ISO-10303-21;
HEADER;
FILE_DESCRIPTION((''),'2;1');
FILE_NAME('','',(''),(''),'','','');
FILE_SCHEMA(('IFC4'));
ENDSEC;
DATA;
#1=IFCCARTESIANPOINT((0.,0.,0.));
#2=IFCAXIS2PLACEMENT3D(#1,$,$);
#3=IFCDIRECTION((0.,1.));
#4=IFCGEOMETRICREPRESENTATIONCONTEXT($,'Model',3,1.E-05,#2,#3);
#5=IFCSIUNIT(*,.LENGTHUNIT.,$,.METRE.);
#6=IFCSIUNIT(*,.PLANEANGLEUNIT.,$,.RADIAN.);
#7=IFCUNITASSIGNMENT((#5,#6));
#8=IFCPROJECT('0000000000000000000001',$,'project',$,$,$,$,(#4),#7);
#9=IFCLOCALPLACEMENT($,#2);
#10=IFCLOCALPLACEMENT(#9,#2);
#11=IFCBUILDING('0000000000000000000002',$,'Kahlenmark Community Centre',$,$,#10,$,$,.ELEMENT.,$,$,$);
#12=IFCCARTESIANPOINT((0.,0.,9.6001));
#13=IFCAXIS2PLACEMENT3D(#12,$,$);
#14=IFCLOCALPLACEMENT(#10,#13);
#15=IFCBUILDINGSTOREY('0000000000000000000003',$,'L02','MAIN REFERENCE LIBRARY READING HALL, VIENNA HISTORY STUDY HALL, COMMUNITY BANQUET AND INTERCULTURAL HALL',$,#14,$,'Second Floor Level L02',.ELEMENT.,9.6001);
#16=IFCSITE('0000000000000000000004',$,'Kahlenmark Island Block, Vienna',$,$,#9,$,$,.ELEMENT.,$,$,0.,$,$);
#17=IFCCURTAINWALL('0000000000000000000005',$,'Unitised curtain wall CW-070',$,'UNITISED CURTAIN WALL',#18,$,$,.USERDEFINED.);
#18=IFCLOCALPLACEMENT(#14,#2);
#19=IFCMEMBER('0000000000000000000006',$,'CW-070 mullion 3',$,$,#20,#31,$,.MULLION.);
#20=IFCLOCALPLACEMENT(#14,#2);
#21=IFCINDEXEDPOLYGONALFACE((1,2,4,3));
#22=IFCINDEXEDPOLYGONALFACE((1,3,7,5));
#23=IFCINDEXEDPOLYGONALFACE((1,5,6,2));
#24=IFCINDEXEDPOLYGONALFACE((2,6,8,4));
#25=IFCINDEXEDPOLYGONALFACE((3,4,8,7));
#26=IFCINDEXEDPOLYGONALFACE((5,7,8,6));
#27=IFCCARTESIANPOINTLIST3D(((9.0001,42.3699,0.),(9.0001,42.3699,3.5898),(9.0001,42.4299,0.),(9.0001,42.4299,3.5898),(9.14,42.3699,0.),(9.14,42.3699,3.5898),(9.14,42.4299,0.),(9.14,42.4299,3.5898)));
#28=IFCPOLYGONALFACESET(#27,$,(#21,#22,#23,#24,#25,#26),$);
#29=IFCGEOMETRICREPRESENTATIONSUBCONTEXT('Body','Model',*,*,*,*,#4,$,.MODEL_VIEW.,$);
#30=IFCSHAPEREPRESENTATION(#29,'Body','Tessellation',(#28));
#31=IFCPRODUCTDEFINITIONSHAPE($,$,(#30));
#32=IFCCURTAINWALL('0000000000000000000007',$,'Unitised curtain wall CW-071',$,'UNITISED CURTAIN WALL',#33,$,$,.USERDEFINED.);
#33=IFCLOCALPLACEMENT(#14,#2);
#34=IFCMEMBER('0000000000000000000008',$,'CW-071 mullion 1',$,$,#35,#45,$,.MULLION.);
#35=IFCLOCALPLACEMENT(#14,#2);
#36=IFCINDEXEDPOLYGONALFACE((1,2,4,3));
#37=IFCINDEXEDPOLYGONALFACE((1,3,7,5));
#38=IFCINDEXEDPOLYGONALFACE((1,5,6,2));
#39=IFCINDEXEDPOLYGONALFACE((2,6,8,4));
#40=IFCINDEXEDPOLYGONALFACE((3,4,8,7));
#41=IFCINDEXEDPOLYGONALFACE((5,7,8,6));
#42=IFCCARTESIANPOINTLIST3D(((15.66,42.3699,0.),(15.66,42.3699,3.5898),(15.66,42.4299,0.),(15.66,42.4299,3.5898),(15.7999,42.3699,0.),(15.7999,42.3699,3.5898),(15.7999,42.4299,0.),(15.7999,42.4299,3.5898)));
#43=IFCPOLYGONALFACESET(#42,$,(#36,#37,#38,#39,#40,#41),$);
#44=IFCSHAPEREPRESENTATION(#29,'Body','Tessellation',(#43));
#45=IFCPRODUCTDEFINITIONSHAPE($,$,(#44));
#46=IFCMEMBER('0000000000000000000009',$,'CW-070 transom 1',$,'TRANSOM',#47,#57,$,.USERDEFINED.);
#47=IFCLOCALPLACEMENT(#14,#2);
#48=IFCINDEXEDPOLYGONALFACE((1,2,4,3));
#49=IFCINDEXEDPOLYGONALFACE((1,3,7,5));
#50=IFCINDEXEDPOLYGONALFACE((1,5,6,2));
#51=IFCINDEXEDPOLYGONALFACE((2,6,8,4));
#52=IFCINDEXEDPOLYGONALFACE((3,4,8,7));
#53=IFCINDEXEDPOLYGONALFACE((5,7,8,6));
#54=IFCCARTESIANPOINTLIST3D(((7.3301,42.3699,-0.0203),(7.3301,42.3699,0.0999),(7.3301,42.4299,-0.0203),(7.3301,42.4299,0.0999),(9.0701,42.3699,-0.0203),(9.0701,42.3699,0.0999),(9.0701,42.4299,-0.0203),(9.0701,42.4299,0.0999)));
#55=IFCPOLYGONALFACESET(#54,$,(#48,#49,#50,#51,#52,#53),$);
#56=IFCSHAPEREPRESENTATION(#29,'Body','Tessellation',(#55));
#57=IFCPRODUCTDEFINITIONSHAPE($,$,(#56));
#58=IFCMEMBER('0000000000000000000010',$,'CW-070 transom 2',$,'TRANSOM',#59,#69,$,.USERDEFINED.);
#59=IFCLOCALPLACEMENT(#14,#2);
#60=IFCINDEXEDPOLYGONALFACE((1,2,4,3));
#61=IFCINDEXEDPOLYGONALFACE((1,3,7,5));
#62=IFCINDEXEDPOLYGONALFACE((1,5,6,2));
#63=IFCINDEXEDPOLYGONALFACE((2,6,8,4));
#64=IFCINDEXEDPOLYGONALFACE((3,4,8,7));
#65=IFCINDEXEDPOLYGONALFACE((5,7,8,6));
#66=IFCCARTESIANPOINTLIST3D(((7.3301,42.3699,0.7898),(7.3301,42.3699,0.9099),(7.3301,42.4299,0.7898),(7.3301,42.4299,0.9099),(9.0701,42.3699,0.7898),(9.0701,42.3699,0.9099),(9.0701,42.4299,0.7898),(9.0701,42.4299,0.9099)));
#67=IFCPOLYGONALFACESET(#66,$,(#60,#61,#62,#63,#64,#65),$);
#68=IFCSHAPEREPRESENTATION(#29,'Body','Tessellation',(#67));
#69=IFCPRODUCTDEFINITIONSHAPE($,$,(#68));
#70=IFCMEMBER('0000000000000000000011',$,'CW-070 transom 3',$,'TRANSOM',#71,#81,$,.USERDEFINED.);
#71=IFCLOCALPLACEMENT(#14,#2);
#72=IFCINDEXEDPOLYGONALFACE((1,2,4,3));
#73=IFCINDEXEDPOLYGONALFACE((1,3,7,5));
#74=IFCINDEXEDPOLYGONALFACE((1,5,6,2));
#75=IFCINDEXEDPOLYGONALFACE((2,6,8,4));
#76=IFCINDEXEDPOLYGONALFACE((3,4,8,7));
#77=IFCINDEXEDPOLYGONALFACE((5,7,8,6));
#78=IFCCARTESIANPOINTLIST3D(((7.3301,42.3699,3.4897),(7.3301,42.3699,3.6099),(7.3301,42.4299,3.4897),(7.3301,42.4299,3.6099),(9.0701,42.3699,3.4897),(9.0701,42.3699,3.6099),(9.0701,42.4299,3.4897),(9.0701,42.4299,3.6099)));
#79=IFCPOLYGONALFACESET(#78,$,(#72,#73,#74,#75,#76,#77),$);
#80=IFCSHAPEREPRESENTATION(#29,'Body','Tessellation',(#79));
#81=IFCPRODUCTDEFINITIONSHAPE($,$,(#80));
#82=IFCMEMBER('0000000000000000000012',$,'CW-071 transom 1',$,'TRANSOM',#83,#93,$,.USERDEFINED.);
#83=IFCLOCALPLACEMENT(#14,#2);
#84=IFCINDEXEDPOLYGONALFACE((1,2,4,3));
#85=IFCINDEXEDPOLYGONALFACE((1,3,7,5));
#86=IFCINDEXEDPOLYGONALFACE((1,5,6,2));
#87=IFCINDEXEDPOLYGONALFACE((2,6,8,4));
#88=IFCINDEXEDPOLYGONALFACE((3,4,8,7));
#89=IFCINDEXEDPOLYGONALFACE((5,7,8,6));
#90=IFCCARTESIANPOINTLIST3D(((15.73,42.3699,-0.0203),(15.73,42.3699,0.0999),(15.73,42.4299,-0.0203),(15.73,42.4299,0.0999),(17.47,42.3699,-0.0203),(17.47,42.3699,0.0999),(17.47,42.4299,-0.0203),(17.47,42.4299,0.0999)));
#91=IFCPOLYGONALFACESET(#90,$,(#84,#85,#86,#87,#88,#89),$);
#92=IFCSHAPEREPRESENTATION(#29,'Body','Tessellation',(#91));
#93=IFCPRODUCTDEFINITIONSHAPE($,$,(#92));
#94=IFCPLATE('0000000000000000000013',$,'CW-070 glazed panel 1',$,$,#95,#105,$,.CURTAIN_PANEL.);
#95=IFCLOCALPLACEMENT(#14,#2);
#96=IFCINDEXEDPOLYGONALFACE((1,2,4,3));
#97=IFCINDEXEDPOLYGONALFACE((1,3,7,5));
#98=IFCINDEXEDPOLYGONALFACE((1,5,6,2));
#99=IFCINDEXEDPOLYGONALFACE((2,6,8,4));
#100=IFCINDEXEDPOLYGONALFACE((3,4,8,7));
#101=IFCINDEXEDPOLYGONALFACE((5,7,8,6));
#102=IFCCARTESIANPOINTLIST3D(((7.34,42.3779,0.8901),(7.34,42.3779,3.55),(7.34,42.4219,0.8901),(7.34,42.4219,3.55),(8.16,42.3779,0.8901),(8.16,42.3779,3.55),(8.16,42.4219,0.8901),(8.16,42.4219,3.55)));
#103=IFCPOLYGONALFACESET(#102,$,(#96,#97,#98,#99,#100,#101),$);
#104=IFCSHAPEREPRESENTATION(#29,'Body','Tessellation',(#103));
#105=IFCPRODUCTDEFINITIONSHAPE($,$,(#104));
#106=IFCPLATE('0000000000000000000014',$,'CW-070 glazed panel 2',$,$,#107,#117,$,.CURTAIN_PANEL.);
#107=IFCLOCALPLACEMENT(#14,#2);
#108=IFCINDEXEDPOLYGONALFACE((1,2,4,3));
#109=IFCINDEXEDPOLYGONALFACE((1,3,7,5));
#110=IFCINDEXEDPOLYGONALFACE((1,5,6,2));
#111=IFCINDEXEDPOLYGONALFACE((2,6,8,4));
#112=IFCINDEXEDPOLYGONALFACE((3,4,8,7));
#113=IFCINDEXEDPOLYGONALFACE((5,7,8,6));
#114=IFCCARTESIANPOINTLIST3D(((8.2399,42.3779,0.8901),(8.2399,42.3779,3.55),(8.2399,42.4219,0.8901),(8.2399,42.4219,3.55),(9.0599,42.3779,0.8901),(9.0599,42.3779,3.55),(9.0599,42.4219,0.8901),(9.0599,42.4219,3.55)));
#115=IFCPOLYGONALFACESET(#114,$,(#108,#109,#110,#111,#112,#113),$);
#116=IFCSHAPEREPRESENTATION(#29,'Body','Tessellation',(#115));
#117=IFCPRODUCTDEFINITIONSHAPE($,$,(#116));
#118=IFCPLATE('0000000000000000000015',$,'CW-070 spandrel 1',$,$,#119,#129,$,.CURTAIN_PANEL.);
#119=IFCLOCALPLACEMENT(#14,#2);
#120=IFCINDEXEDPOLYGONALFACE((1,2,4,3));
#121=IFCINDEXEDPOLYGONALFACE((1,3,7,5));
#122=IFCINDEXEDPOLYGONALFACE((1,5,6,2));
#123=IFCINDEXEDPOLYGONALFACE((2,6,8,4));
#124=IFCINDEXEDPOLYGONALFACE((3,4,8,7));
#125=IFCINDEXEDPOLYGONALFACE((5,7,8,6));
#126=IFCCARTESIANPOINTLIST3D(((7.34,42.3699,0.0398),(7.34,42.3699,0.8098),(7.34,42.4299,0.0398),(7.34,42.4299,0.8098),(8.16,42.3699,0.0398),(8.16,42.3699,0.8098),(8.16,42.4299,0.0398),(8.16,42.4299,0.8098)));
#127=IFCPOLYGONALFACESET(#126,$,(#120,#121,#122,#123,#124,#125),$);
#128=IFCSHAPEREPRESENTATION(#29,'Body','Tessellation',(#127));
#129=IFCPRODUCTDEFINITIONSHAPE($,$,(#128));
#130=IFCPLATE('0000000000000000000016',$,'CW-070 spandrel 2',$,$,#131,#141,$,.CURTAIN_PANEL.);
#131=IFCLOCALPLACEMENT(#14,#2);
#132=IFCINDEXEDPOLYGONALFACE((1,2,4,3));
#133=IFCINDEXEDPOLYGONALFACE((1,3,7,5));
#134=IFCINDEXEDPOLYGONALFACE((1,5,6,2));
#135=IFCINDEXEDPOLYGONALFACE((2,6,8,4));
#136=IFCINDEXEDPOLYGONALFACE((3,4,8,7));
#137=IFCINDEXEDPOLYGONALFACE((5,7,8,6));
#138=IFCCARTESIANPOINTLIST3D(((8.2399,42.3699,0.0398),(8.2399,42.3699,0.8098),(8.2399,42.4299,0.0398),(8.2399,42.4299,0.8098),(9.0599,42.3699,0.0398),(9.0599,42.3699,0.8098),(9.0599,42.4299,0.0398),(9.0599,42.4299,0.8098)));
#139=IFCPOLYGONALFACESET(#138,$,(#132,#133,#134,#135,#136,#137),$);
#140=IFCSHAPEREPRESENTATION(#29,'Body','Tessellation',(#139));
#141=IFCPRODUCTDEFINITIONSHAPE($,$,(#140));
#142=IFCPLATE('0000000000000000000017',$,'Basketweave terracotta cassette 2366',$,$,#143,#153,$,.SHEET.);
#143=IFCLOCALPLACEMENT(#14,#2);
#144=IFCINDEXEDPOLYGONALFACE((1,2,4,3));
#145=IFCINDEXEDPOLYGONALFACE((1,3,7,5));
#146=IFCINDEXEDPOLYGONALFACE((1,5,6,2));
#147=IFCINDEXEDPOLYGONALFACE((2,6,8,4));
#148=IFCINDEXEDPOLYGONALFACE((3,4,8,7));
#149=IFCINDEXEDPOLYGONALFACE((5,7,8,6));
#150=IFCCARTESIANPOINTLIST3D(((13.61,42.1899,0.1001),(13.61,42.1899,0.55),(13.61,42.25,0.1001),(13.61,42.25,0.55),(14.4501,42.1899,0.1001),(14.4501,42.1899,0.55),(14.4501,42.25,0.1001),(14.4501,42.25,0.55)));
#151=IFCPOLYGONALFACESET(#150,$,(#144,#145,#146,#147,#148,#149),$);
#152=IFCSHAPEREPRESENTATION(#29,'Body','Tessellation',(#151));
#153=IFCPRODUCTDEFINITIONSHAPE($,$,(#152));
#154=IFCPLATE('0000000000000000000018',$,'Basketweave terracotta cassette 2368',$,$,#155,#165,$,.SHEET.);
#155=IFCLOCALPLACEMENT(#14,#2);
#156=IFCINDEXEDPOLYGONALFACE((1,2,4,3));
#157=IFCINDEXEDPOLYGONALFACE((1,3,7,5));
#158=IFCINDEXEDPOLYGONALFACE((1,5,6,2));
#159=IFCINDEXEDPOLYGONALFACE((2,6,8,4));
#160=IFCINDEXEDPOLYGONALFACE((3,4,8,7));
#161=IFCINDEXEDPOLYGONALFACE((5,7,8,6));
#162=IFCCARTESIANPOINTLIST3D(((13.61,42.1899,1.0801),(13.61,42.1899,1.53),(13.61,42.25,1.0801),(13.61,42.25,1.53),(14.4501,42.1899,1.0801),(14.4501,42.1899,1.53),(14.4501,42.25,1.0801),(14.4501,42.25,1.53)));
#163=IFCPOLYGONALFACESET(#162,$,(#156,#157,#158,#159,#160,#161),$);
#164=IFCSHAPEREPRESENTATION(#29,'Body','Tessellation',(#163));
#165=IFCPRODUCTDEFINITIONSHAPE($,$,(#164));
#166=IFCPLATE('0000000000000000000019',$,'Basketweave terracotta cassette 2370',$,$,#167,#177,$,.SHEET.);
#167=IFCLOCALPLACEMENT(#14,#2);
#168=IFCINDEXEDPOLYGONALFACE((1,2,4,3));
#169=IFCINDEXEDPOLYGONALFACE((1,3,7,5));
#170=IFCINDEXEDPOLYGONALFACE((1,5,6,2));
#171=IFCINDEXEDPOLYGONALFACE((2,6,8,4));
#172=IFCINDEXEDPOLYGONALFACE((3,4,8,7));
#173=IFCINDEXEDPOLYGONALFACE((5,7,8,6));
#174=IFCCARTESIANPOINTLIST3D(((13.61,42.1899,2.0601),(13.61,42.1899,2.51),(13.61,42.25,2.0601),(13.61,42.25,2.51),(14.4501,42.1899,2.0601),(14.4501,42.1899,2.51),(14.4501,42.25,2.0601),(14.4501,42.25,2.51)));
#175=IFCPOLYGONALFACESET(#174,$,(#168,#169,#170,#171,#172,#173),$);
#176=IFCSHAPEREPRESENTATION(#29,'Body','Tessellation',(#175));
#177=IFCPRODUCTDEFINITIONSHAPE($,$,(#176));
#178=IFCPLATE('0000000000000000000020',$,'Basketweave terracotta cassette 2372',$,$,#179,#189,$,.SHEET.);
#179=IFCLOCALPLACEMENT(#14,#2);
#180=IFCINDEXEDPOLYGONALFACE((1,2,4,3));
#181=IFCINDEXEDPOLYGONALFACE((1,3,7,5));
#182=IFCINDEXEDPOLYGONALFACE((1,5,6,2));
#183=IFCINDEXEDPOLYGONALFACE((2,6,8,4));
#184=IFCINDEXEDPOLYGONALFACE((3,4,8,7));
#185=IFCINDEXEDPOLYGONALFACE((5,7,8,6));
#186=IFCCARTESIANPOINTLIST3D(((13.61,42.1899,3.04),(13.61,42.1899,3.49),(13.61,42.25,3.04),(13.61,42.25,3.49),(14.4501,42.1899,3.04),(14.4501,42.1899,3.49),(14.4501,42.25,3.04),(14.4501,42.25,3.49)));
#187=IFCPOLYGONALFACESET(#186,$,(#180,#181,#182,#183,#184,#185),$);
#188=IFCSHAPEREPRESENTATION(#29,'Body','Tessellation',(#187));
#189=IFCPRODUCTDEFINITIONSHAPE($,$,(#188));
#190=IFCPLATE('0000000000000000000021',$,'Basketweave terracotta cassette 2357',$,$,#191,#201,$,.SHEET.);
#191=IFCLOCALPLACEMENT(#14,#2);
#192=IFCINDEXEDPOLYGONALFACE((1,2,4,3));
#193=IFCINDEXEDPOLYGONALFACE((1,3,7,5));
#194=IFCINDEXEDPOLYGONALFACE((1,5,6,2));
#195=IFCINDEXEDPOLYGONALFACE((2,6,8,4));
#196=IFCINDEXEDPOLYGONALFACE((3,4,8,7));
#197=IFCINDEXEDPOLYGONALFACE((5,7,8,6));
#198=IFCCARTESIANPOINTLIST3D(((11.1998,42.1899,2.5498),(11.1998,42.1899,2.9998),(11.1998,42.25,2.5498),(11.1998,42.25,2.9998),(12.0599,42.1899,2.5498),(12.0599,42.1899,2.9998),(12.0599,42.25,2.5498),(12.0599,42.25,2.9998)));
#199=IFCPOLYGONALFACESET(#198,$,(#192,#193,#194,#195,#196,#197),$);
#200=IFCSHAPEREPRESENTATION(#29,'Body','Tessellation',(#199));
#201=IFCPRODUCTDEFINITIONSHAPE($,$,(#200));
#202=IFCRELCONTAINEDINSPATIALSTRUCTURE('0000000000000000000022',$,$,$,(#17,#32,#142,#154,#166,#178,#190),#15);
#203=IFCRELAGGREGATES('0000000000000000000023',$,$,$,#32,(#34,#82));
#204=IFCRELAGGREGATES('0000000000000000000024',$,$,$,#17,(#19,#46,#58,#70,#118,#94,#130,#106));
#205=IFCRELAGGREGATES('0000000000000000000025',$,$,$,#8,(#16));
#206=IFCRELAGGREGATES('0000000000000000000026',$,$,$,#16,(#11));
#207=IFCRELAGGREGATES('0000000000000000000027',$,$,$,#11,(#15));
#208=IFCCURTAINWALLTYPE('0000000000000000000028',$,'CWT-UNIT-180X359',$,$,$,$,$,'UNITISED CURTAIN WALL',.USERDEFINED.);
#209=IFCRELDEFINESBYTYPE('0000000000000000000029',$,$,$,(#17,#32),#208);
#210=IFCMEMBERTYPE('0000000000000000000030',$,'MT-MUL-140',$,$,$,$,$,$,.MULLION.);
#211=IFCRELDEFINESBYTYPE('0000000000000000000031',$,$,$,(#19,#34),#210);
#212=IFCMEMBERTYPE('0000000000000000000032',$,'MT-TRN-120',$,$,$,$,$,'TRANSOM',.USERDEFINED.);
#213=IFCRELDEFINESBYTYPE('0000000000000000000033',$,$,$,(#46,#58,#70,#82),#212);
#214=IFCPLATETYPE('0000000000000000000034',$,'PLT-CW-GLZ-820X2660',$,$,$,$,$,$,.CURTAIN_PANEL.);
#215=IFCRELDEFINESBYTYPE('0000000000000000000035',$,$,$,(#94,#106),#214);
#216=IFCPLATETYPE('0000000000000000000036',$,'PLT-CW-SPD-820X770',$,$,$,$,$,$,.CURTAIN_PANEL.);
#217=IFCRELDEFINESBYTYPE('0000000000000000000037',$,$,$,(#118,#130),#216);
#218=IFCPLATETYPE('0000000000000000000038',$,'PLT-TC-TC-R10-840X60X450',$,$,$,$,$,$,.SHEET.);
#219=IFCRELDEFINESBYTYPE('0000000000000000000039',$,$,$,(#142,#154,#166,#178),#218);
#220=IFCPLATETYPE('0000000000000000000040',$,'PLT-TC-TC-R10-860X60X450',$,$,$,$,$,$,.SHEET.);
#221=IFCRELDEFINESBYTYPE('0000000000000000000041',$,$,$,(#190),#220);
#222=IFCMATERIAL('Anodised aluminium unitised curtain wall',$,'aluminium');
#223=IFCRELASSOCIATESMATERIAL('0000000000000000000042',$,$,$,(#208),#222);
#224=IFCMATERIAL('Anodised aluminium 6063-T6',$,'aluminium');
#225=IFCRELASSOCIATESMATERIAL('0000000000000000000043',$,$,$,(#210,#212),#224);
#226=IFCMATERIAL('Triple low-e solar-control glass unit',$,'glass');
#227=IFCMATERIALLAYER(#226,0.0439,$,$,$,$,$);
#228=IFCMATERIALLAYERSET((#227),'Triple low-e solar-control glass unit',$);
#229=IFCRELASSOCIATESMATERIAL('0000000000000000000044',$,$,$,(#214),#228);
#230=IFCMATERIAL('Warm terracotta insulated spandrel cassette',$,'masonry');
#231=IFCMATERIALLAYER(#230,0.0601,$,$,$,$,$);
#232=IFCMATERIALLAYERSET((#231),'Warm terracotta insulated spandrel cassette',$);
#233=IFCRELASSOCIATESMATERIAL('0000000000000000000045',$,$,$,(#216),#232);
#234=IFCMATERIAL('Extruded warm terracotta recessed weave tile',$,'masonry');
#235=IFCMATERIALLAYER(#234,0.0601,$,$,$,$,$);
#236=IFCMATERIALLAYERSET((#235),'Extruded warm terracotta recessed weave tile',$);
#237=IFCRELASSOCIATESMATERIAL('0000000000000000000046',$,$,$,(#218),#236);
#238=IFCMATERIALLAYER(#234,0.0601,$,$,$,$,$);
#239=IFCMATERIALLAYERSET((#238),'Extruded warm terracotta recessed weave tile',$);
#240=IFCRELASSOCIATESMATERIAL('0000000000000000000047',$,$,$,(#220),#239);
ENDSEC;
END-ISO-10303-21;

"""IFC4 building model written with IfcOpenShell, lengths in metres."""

from ifc_helpers import new_model, si_unit, direction, frame, origin, origin_2d, place, context, subcontext, project, spatial, rectangle, extrude, material, layer, layer_set, material_profile, profile_set, type_object, element, aggregate, save


model = new_model("IFC4")

# Units and contexts
model_context = context("Model", 3, precision=1e-05, world=origin(), true_north=direction((0.0, 1.0)))
body_context = subcontext(model_context, "Body", "Model", "MODEL_VIEW")
ifc_project = project(units=[si_unit("LENGTHUNIT", "METRE"), si_unit("PLANEANGLEUNIT", "RADIAN")], contexts=[model_context])

# Site, building, storey
site_placement = place(None, origin())
site = spatial("IfcSite", under=ifc_project, at=site_placement, Name="Kahlenmark Island Block, Vienna", CompositionType="ELEMENT", RefElevation=0.0)
building_placement = place(site_placement, origin())
building = spatial("IfcBuilding", under=site, at=building_placement, Name="Kahlenmark Community Centre", CompositionType="ELEMENT")
storey_placement = place(building_placement, frame((0.0, 0.0, 9.6001)))
storey = spatial("IfcBuildingStorey", under=building, at=storey_placement, Name="L02", Description="MAIN REFERENCE LIBRARY READING HALL, VIENNA HISTORY STUDY HALL, COMMUNITY BANQUET AND INTERCULTURAL HALL", LongName="Second Floor Level L02", CompositionType="ELEMENT", Elevation=9.6001)

# Curtain wall, member
ifc_material_1 = material(Name="Anodised aluminium unitised curtain wall", Category="aluminium")
curtain_wall_type = type_object("IfcCurtainWallType", Name="CWT-UNIT-180X359", ElementType="UNITISED CURTAIN WALL", PredefinedType="USERDEFINED", material=ifc_material_1)
curtain_wall_1_placement = place(storey_placement, origin())
curtain_wall_1 = element("IfcCurtainWall", 1, at=curtain_wall_1_placement, inside=storey, type_object=curtain_wall_type, Name="Unitised curtain wall CW-070", ObjectType="UNITISED CURTAIN WALL", PredefinedType="USERDEFINED")
ifc_material_2 = material(Name="Anodised aluminium 6063-T6", Category="aluminium")
ifc_material_profile_1 = material_profile(ifc_material_2, rectangle(XDim=0.0601, YDim=0.1399, at=origin_2d()), Name="ALU MULLION 60x140")
ifc_profile_set_1 = profile_set([ifc_material_profile_1], Name="Anodised aluminium 6063-T6")
member_type_1 = type_object("IfcMemberType", Name="MT-MUL-140", PredefinedType="MULLION", material=ifc_profile_set_1)
member_1_placement = place(storey_placement, frame((9.0701, 42.3999, 0.0), z_axis=(0.0, 0.0, 1.0), x_axis=(0.0, 1.0, 0.0)))
member_1 = element("IfcMember", 2, at=member_1_placement, type_object=member_type_1, Name="CW-070 mullion 3", PredefinedType="MULLION", context=body_context, shape_type="SweptSolid", body=[
    extrude(rectangle(XDim=0.0601, YDim=0.1399, at=origin_2d()), origin(), (0.0, 0.0, 1.0), 3.5898),
])

# Curtain wall, member
curtain_wall_2_placement = place(storey_placement, origin())
curtain_wall_2 = element("IfcCurtainWall", 3, at=curtain_wall_2_placement, inside=storey, type_object=curtain_wall_type, Name="Unitised curtain wall CW-071", ObjectType="UNITISED CURTAIN WALL", PredefinedType="USERDEFINED")
member_2_placement = place(storey_placement, frame((15.73, 42.3999, 0.0), z_axis=(0.0, 0.0, 1.0), x_axis=(0.0, 1.0, 0.0)))
member_2 = element("IfcMember", 4, at=member_2_placement, type_object=member_type_1, Name="CW-071 mullion 1", PredefinedType="MULLION", context=body_context, shape_type="SweptSolid", body=[
    extrude(rectangle(XDim=0.0601, YDim=0.1399, at=origin_2d()), origin(), (0.0, 0.0, 1.0), 3.5898),
])

# Members
ifc_material_profile_2 = material_profile(ifc_material_2, rectangle(XDim=0.0601, YDim=0.1201, at=origin_2d()), Name="ALU TRANSOM 60x120")
ifc_profile_set_2 = profile_set([ifc_material_profile_2], Name="Anodised aluminium 6063-T6")
member_type_2 = type_object("IfcMemberType", Name="MT-TRN-120", ElementType="TRANSOM", PredefinedType="USERDEFINED", material=ifc_profile_set_2)
member_3_placement = place(storey_placement, frame((7.3301, 42.3999, 0.0398), z_axis=(1.0, 0.0, 0.0), x_axis=(0.0, 1.0, 0.0)))
member_3 = element("IfcMember", 5, at=member_3_placement, type_object=member_type_2, Name="CW-070 transom 1", ObjectType="TRANSOM", PredefinedType="USERDEFINED", context=body_context, shape_type="SweptSolid", body=[
    extrude(rectangle(XDim=0.0601, YDim=0.1201, at=origin_2d()), origin(), (0.0, 0.0, 1.0), 1.74),
])
member_4_placement = place(storey_placement, frame((7.3301, 42.3999, 0.8499), z_axis=(1.0, 0.0, 0.0), x_axis=(0.0, 1.0, 0.0)))
member_4 = element("IfcMember", 6, at=member_4_placement, type_object=member_type_2, Name="CW-070 transom 2", ObjectType="TRANSOM", PredefinedType="USERDEFINED", context=body_context, shape_type="SweptSolid", body=[
    extrude(rectangle(XDim=0.0601, YDim=0.1201, at=origin_2d()), origin(), (0.0, 0.0, 1.0), 1.74),
])
member_5_placement = place(storey_placement, frame((7.3301, 42.3999, 3.5498), z_axis=(1.0, 0.0, 0.0), x_axis=(0.0, 1.0, 0.0)))
member_5 = element("IfcMember", 7, at=member_5_placement, type_object=member_type_2, Name="CW-070 transom 3", ObjectType="TRANSOM", PredefinedType="USERDEFINED", context=body_context, shape_type="SweptSolid", body=[
    extrude(rectangle(XDim=0.0601, YDim=0.1201, at=origin_2d()), origin(), (0.0, 0.0, 1.0), 1.74),
])
member_6_placement = place(storey_placement, frame((15.73, 42.3999, 0.0398), z_axis=(1.0, 0.0, 0.0), x_axis=(0.0, 1.0, 0.0)))
member_6 = element("IfcMember", 8, at=member_6_placement, type_object=member_type_2, Name="CW-071 transom 1", ObjectType="TRANSOM", PredefinedType="USERDEFINED", context=body_context, shape_type="SweptSolid", body=[
    extrude(rectangle(XDim=0.0601, YDim=0.1201, at=origin_2d()), origin(), (0.0, 0.0, 1.0), 1.74),
])
aggregate(curtain_wall_2, [member_2, member_6])

# Plates
ifc_material_3 = material(Name="Triple low-e solar-control glass unit", Category="glass")
ifc_layer_1 = layer(ifc_material_3, 0.0439)
ifc_layer_set_1 = layer_set([ifc_layer_1], Name="Triple low-e solar-control glass unit")
plate_type_1 = type_object("IfcPlateType", Name="PLT-CW-GLZ-820X2660", PredefinedType="CURTAIN_PANEL", material=ifc_layer_set_1)
plate_1_placement = place(storey_placement, frame((7.75, 42.3999, 0.8901), z_axis=(0.0, 0.0, 1.0), x_axis=(1.0, 0.0, 0.0)))
plate_1 = element("IfcPlate", 9, at=plate_1_placement, type_object=plate_type_1, Name="CW-070 glazed panel 1", PredefinedType="CURTAIN_PANEL", context=body_context, shape_type="SweptSolid", body=[
    extrude(rectangle(XDim=0.8201, YDim=0.0439, at=origin_2d()), origin(), (0.0, 0.0, 1.0), 2.6599),
])
plate_2_placement = place(storey_placement, frame((8.6499, 42.3999, 0.8901), z_axis=(0.0, 0.0, 1.0), x_axis=(1.0, 0.0, 0.0)))
plate_2 = element("IfcPlate", 10, at=plate_2_placement, type_object=plate_type_1, Name="CW-070 glazed panel 2", PredefinedType="CURTAIN_PANEL", context=body_context, shape_type="SweptSolid", body=[
    extrude(rectangle(XDim=0.8201, YDim=0.0439, at=origin_2d()), origin(), (0.0, 0.0, 1.0), 2.6599),
])
ifc_material_4 = material(Name="Warm terracotta insulated spandrel cassette", Category="masonry")
ifc_layer_2 = layer(ifc_material_4, 0.0601)
ifc_layer_set_2 = layer_set([ifc_layer_2], Name="Warm terracotta insulated spandrel cassette")
plate_type_2 = type_object("IfcPlateType", Name="PLT-CW-SPD-820X770", PredefinedType="CURTAIN_PANEL", material=ifc_layer_set_2)
plate_3_placement = place(storey_placement, frame((7.75, 42.3999, 0.0398), z_axis=(0.0, 0.0, 1.0), x_axis=(1.0, 0.0, 0.0)))
plate_3 = element("IfcPlate", 11, at=plate_3_placement, type_object=plate_type_2, Name="CW-070 spandrel 1", PredefinedType="CURTAIN_PANEL", context=body_context, shape_type="SweptSolid", body=[
    extrude(rectangle(XDim=0.8201, YDim=0.0601, at=origin_2d()), origin(), (0.0, 0.0, 1.0), 0.77),
])
plate_4_placement = place(storey_placement, frame((8.6499, 42.3999, 0.0398), z_axis=(0.0, 0.0, 1.0), x_axis=(1.0, 0.0, 0.0)))
plate_4 = element("IfcPlate", 12, at=plate_4_placement, type_object=plate_type_2, Name="CW-070 spandrel 2", PredefinedType="CURTAIN_PANEL", context=body_context, shape_type="SweptSolid", body=[
    extrude(rectangle(XDim=0.8201, YDim=0.0601, at=origin_2d()), origin(), (0.0, 0.0, 1.0), 0.77),
])
aggregate(curtain_wall_1, [member_1, member_3, member_4, member_5, plate_3, plate_1, plate_4, plate_2])

# Plates
ifc_material_5 = material(Name="Extruded warm terracotta recessed weave tile", Category="masonry")
ifc_layer_3 = layer(ifc_material_5, 0.0601)
ifc_layer_set_3 = layer_set([ifc_layer_3], Name="Extruded warm terracotta recessed weave tile")
plate_type_3 = type_object("IfcPlateType", Name="PLT-TC-TC-R10-840X60X450", PredefinedType="SHEET", material=ifc_layer_set_3)
for number, where, z_axis, x_axis, name in (
    (13, (14.03, 42.22, 0.1001), (0.0, 0.0, 1.0), (1.0, 0.0, 0.0), "Basketweave terracotta cassette 2366"),
    (14, (14.03, 42.22, 1.0801), (0.0, 0.0, 1.0), (1.0, 0.0, 0.0), "Basketweave terracotta cassette 2368"),
    (15, (14.03, 42.22, 2.0601), (0.0, 0.0, 1.0), (1.0, 0.0, 0.0), "Basketweave terracotta cassette 2370"),
    (16, (14.03, 42.22, 3.04), (0.0, 0.0, 1.0), (1.0, 0.0, 0.0), "Basketweave terracotta cassette 2372"),
):
    element("IfcPlate", number, at=place(storey_placement, frame(where, z_axis=z_axis, x_axis=x_axis)), inside=storey, type_object=plate_type_3, Name=name, PredefinedType="SHEET", context=body_context, shape_type="SweptSolid", body=[
        extrude(rectangle(XDim=0.8401, YDim=0.0601, at=origin_2d()), origin(), (0.0, 0.0, 1.0), 0.45),
    ])
ifc_layer_4 = layer(ifc_material_5, 0.0601)
ifc_layer_set_4 = layer_set([ifc_layer_4], Name="Extruded warm terracotta recessed weave tile")
plate_type_4 = type_object("IfcPlateType", Name="PLT-TC-TC-R10-860X60X450", PredefinedType="SHEET", material=ifc_layer_set_4)
for number, where, z_axis, x_axis, name in (
    (17, (11.6299, 42.22, 2.5498), (0.0, 0.0, 1.0), (1.0, 0.0, 0.0), "Basketweave terracotta cassette 2357"),
):
    element("IfcPlate", number, at=place(storey_placement, frame(where, z_axis=z_axis, x_axis=x_axis)), inside=storey, type_object=plate_type_4, Name=name, PredefinedType="SHEET", context=body_context, shape_type="SweptSolid", body=[
        extrude(rectangle(XDim=0.8601, YDim=0.0601, at=origin_2d()), origin(), (0.0, 0.0, 1.0), 0.45),
    ])

save(model, "model.ifc")
